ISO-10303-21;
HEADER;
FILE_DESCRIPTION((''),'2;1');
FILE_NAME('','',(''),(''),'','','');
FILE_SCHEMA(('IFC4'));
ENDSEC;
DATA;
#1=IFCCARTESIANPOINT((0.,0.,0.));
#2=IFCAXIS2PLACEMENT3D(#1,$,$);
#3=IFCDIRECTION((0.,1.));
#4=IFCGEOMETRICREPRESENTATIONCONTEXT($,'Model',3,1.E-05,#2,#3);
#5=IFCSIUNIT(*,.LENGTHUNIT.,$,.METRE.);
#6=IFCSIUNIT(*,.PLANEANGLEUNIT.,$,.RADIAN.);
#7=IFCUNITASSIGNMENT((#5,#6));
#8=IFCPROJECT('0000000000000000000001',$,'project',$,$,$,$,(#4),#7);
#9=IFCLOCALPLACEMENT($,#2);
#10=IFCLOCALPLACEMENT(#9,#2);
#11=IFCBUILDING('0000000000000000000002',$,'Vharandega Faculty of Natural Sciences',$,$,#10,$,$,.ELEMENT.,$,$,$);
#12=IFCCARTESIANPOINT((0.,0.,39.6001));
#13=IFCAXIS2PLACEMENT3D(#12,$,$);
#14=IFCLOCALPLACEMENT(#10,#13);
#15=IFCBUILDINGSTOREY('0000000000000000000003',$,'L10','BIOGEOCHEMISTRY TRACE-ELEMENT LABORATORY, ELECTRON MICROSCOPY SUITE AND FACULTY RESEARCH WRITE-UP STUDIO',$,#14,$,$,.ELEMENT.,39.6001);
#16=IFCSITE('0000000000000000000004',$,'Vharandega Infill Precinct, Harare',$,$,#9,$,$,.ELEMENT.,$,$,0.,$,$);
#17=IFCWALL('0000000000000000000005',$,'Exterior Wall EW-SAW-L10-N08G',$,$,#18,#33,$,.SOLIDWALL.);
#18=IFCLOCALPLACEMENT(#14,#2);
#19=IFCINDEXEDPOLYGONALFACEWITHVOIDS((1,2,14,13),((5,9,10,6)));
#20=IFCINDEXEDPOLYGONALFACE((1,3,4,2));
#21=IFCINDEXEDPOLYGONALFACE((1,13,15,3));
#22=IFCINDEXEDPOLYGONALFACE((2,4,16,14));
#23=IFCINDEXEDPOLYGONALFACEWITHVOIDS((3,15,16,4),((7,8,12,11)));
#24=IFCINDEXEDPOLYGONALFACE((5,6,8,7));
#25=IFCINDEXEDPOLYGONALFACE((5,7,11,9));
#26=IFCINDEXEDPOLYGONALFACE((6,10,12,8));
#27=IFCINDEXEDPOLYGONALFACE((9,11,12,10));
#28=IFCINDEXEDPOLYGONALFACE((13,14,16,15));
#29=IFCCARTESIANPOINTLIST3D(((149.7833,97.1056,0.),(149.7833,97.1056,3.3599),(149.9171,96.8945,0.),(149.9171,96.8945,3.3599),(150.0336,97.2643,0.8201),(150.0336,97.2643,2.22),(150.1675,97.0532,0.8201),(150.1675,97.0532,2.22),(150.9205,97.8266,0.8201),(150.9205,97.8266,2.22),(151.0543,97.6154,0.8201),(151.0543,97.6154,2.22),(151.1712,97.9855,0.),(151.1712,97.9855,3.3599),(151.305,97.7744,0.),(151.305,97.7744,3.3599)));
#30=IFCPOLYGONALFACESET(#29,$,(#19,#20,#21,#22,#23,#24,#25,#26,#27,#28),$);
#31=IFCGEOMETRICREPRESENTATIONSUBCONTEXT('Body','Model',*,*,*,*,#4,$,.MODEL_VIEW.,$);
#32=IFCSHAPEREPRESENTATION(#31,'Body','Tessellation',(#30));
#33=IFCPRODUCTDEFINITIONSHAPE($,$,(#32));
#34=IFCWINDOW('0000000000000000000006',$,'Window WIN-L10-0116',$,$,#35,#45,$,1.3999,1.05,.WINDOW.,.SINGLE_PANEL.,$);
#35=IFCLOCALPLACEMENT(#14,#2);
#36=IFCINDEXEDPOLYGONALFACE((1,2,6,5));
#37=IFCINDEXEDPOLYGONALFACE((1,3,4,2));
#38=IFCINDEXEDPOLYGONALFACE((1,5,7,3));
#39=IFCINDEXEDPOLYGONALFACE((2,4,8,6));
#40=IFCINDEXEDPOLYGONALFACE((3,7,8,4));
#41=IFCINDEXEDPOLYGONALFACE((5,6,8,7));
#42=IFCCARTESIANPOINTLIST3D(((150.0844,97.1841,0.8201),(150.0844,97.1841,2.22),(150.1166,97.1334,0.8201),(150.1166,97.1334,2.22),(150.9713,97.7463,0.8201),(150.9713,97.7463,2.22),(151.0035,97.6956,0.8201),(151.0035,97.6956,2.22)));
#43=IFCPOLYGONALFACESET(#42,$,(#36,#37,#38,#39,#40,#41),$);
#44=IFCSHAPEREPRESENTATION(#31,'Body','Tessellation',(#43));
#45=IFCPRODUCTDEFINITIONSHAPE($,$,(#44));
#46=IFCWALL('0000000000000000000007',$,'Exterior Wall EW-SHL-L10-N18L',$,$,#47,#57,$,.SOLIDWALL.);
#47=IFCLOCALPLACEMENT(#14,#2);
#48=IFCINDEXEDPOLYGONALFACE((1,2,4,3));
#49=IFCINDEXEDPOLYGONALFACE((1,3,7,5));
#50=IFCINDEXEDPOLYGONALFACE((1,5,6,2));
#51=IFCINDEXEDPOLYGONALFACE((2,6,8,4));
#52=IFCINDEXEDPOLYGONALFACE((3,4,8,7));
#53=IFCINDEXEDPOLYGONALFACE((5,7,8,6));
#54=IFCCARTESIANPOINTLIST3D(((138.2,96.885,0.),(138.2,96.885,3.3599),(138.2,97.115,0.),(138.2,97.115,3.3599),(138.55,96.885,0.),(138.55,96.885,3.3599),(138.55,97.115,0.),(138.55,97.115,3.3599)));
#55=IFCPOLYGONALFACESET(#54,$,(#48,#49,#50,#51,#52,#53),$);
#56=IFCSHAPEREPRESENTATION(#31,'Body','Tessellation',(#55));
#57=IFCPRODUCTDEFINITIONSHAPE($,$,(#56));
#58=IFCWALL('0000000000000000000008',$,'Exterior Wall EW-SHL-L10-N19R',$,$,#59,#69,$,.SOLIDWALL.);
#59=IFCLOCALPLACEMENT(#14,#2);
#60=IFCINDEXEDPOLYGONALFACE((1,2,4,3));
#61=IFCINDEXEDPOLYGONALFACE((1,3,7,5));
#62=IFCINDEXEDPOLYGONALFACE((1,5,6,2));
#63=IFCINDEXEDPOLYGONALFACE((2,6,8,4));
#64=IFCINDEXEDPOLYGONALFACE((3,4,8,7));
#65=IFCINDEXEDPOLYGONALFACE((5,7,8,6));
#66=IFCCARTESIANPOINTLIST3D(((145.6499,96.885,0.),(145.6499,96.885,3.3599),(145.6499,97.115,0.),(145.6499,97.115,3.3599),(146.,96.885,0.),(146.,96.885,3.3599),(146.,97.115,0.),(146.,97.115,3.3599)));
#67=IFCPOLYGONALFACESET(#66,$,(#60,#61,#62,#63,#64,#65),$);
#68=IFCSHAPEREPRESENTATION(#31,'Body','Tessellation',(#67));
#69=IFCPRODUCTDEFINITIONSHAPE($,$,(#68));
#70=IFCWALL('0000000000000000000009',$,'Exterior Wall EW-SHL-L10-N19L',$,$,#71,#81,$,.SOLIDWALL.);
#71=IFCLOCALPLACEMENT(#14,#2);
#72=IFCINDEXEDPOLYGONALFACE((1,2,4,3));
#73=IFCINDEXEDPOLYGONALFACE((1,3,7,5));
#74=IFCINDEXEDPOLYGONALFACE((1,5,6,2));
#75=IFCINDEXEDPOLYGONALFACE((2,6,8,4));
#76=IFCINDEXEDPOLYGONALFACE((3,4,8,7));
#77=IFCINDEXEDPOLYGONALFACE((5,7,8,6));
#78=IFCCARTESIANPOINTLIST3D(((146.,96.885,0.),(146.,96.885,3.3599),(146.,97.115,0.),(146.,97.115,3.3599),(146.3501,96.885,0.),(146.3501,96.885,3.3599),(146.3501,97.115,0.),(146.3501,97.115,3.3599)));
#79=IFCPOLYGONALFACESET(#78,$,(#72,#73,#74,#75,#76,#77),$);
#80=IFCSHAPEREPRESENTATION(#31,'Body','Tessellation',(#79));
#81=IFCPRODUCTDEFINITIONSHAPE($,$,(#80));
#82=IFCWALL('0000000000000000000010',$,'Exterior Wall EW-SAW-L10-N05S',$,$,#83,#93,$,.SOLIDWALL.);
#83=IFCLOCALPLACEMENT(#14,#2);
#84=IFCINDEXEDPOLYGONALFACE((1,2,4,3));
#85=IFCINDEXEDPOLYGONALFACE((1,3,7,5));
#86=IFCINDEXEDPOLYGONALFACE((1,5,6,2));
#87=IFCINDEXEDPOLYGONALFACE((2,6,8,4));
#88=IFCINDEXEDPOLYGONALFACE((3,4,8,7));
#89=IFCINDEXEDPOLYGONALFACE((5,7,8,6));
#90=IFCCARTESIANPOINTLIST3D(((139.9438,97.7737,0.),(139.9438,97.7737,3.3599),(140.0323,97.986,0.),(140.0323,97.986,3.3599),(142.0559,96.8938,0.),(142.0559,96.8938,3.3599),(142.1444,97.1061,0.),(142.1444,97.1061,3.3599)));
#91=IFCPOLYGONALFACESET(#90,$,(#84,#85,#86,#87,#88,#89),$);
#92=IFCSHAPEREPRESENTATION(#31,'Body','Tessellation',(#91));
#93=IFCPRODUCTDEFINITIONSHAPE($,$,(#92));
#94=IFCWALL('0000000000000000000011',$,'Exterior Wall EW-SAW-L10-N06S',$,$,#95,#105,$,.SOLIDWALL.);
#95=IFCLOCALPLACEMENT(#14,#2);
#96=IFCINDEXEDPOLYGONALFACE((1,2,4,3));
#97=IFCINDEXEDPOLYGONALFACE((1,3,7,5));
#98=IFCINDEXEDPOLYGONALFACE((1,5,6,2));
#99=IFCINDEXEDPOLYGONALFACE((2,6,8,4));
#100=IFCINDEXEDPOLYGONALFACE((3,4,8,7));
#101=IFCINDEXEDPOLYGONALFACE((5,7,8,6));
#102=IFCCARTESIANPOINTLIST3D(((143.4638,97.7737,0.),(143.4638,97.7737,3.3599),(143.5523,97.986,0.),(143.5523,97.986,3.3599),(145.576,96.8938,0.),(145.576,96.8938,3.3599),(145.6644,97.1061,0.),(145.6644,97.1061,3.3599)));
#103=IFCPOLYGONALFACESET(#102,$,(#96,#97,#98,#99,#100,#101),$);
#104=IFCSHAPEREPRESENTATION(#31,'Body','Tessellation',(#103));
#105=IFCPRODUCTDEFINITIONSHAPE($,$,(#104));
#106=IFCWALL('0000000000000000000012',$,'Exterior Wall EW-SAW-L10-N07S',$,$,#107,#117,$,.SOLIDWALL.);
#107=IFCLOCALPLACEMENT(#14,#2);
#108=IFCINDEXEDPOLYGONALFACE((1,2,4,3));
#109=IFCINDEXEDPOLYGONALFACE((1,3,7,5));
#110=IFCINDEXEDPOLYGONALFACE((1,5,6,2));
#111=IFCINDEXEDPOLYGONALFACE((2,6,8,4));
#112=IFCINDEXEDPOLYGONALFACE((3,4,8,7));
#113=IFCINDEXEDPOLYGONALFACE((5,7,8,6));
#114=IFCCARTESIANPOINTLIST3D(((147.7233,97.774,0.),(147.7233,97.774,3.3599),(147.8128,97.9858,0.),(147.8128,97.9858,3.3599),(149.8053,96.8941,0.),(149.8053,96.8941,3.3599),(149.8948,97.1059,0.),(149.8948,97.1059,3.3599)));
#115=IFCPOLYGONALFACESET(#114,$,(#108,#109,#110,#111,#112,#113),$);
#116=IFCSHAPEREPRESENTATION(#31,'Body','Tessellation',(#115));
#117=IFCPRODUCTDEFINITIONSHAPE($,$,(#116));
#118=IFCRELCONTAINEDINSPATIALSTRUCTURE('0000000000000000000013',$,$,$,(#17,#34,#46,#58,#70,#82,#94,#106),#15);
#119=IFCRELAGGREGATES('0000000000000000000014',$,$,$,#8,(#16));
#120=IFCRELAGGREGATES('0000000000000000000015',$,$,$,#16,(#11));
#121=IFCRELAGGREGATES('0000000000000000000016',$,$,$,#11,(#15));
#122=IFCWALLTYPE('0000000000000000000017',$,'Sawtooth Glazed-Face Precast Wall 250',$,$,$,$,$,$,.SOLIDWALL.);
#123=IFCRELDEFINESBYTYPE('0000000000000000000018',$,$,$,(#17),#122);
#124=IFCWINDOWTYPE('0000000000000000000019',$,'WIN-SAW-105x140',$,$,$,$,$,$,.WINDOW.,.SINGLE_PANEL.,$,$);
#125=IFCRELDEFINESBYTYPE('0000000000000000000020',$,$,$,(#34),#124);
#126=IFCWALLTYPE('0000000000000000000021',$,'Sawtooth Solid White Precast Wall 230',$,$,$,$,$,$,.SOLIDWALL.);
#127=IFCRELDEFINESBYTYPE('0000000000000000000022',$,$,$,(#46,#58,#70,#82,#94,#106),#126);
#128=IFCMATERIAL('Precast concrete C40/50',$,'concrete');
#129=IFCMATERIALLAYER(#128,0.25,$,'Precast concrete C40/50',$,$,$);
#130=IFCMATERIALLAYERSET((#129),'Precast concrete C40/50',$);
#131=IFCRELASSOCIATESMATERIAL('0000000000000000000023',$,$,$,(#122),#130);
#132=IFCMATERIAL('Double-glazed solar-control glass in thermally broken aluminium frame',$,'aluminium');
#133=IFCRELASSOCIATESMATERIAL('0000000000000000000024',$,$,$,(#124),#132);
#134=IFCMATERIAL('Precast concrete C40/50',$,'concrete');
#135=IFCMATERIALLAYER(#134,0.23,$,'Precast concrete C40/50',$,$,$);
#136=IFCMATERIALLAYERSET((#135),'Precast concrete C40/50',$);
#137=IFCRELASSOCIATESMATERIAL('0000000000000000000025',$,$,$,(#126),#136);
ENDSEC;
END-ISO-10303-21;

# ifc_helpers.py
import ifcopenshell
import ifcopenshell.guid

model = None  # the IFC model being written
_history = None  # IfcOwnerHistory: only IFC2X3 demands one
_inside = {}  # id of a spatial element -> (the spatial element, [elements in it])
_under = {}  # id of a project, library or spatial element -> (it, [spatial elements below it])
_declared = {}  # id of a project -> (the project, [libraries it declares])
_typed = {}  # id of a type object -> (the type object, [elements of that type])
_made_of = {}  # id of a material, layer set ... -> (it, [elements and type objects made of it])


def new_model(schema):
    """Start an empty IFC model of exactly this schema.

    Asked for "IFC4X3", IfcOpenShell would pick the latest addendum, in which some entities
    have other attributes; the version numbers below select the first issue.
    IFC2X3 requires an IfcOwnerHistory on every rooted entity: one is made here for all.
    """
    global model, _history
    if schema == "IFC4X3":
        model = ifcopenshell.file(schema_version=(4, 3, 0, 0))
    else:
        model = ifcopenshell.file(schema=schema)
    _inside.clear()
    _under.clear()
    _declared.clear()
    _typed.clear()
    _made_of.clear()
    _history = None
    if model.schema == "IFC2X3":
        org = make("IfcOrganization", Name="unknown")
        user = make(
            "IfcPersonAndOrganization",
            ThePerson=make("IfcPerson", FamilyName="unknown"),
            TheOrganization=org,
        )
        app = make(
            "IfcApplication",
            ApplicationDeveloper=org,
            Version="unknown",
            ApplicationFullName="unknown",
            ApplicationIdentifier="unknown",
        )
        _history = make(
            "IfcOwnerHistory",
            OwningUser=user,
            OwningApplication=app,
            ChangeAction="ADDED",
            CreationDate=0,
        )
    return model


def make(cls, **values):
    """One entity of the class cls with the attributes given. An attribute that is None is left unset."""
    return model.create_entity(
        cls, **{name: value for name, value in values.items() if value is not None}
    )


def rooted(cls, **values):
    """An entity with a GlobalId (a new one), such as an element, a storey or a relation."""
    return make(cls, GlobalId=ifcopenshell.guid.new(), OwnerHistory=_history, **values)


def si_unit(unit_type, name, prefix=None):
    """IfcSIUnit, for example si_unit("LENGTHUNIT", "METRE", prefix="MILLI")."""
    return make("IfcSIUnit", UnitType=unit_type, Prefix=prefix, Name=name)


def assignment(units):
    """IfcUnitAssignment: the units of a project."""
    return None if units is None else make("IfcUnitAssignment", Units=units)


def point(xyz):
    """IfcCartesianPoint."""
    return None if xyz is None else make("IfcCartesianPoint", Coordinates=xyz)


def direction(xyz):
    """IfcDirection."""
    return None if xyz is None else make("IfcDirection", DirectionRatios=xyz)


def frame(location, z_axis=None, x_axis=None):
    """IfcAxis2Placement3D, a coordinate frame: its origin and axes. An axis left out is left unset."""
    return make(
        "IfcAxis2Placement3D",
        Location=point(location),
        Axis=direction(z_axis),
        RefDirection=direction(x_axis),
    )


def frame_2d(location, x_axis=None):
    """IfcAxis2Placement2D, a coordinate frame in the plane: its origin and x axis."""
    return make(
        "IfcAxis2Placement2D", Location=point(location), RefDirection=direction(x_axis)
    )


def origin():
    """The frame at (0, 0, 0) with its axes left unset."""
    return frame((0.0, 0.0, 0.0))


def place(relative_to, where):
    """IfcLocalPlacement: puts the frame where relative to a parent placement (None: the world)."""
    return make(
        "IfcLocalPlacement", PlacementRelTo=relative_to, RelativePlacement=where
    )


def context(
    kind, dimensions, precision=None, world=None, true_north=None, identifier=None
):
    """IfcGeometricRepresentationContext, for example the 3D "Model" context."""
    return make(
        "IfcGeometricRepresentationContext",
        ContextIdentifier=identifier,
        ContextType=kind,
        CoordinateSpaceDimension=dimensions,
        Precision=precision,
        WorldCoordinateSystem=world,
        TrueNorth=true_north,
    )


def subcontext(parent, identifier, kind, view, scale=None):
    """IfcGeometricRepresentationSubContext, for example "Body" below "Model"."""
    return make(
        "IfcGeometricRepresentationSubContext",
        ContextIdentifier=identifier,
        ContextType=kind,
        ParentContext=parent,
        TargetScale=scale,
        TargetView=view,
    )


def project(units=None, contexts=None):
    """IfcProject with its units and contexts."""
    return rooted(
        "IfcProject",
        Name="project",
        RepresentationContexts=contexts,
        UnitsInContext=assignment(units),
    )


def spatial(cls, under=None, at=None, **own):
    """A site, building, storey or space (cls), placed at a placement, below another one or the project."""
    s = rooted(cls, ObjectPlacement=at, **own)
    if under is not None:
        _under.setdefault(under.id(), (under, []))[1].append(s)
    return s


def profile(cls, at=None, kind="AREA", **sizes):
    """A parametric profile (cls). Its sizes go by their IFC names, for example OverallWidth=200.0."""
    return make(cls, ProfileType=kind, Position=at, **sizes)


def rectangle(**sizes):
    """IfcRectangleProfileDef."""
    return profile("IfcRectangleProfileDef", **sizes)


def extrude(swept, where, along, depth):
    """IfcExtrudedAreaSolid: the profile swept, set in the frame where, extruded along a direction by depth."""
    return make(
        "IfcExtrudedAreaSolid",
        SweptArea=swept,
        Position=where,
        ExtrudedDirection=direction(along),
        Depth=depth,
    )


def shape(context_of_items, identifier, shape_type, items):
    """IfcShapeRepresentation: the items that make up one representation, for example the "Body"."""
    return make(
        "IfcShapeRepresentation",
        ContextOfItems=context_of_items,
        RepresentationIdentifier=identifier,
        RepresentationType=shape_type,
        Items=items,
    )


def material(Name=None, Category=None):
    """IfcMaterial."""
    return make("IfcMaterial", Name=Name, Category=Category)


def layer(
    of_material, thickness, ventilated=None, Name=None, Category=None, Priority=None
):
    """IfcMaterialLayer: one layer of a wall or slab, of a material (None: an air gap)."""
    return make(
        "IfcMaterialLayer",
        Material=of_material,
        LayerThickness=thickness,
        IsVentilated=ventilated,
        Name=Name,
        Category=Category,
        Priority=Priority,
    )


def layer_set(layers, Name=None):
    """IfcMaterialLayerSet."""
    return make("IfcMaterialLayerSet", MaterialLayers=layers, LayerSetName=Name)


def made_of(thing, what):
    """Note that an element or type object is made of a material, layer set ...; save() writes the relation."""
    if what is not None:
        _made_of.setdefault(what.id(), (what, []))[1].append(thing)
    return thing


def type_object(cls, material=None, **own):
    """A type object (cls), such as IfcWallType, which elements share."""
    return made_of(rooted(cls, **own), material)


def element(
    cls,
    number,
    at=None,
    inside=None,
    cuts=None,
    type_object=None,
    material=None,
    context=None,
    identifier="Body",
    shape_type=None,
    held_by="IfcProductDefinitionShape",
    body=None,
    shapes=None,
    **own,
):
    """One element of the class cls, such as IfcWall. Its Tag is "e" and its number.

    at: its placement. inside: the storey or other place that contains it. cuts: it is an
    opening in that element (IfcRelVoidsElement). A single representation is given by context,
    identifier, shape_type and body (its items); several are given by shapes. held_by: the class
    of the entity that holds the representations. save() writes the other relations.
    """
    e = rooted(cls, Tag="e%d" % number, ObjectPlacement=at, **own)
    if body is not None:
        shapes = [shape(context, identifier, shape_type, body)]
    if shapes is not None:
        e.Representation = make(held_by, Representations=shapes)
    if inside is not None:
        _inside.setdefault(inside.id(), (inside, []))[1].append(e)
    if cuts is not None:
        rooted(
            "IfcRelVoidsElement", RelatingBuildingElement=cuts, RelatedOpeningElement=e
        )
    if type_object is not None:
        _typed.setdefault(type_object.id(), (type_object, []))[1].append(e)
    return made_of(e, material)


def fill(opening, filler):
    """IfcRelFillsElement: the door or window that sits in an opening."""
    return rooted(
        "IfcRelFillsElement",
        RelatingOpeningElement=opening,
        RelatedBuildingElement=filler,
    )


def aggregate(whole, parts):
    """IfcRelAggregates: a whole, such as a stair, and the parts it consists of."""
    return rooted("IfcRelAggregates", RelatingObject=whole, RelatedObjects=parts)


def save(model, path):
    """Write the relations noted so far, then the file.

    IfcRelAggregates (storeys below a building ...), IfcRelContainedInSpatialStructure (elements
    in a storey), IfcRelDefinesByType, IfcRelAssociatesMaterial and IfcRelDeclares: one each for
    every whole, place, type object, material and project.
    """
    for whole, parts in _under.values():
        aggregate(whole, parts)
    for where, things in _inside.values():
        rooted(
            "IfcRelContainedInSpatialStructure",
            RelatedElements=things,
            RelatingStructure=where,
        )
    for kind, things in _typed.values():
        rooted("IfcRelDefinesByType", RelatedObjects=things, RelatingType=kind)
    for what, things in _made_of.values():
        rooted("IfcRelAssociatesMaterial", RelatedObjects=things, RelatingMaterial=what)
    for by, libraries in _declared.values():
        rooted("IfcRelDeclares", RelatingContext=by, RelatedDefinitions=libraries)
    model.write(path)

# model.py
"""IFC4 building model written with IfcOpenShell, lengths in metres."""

from ifc_helpers import new_model, si_unit, direction, frame, frame_2d, origin, place, context, subcontext, project, spatial, rectangle, extrude, material, layer, layer_set, type_object, element, fill, save


model = new_model("IFC4")

# Units and contexts
model_context = context("Model", 3, precision=1e-05, world=origin(), true_north=direction((0.0, 1.0)))
body_context = subcontext(model_context, "Body", "Model", "MODEL_VIEW")
ifc_project = project(units=[si_unit("LENGTHUNIT", "METRE"), si_unit("PLANEANGLEUNIT", "RADIAN")], contexts=[model_context])

# Site, building, storey
site_placement = place(None, origin())
site = spatial("IfcSite", under=ifc_project, at=site_placement, Name="Vharandega Infill Precinct, Harare", CompositionType="ELEMENT", RefElevation=0.0)
building_placement = place(site_placement, origin())
building = spatial("IfcBuilding", under=site, at=building_placement, Name="Vharandega Faculty of Natural Sciences", CompositionType="ELEMENT")
storey_placement = place(building_placement, frame((0.0, 0.0, 39.6001)))
storey = spatial("IfcBuildingStorey", under=building, at=storey_placement, Name="L10", Description="BIOGEOCHEMISTRY TRACE-ELEMENT LABORATORY, ELECTRON MICROSCOPY SUITE AND FACULTY RESEARCH WRITE-UP STUDIO", CompositionType="ELEMENT", Elevation=39.6001)

# Wall, opening, window
ifc_material_1 = material(Name="Precast concrete C40/50", Category="concrete")
ifc_layer_1 = layer(ifc_material_1, 0.25, Name="Precast concrete C40/50")
ifc_layer_set_1 = layer_set([ifc_layer_1], Name="Precast concrete C40/50")
wall_type_1 = type_object("IfcWallType", Name="Sawtooth Glazed-Face Precast Wall 250", PredefinedType="SOLIDWALL", material=ifc_layer_set_1)
wall_1_placement = place(storey_placement, frame((149.8501, 97.0, 0.0), z_axis=(0.0, 0.0, 1.0), x_axis=(0.844584, 0.535423, 0.0)))
wall_1 = element("IfcWall", 1, at=wall_1_placement, inside=storey, type_object=wall_type_1, Name="Exterior Wall EW-SAW-L10-N08G", PredefinedType="SOLIDWALL", context=body_context, shape_type="SweptSolid", body=[
    extrude(rectangle(XDim=1.6433, YDim=0.25, at=frame_2d((0.8218, 0.0))), origin(), (0.0, 0.0, 1.0), 3.3599),
])
opening_1_placement = place(wall_1_placement, frame((0.2966, 0.0, 0.8201)))
opening_1 = element("IfcOpeningElement", 2, at=opening_1_placement, cuts=wall_1, PredefinedType="OPENING", context=body_context, shape_type="SweptSolid", body=[
    extrude(rectangle(XDim=1.05, YDim=1.3999, at=frame_2d((0.5249, 0.7))), frame((0.0, 0.135, 0.0), z_axis=(0.0, -1.0, 0.0), x_axis=(1.0, 0.0, 0.0)), (0.0, 0.0, 1.0), 0.27),
])
ifc_material_2 = material(Name="Double-glazed solar-control glass in thermally broken aluminium frame", Category="aluminium")
window_type_1 = type_object("IfcWindowType", Name="WIN-SAW-105x140", PartitioningType="SINGLE_PANEL", PredefinedType="WINDOW", material=ifc_material_2)
window_1_placement = place(opening_1_placement, origin())
window_1 = element("IfcWindow", 3, at=window_1_placement, inside=storey, type_object=window_type_1, Name="Window WIN-L10-0116", OverallHeight=1.3999, OverallWidth=1.05, PartitioningType="SINGLE_PANEL", PredefinedType="WINDOW", context=body_context, shape_type="SweptSolid", body=[
    extrude(rectangle(XDim=1.05, YDim=1.3999, at=frame_2d((0.5249, 0.7))), frame((0.0, 0.03, 0.0), z_axis=(0.0, -1.0, 0.0), x_axis=(1.0, 0.0, 0.0)), (0.0, 0.0, 1.0), 0.0601),
])
fill(opening_1, window_1)

# Walls
ifc_material_3 = material(Name="Precast concrete C40/50", Category="concrete")
ifc_layer_2 = layer(ifc_material_3, 0.23, Name="Precast concrete C40/50")
ifc_layer_set_2 = layer_set([ifc_layer_2], Name="Precast concrete C40/50")
wall_type_2 = type_object("IfcWallType", Name="Sawtooth Solid White Precast Wall 230", PredefinedType="SOLIDWALL", material=ifc_layer_set_2)
for number, where, z_axis, x_axis, name in (
    (4, (138.2, 97.0, 0.0), (0.0, 0.0, 1.0), (1.0, 0.0, 0.0), "Exterior Wall EW-SHL-L10-N18L"),
    (5, (145.6499, 97.0, 0.0), (0.0, 0.0, 1.0), (1.0, 0.0, 0.0), "Exterior Wall EW-SHL-L10-N19R"),
    (6, (146.0, 97.0, 0.0), (0.0, 0.0, 1.0), (1.0, 0.0, 0.0), "Exterior Wall EW-SHL-L10-N19L"),
):
    element("IfcWall", number, at=place(storey_placement, frame(where, z_axis=z_axis, x_axis=x_axis)), inside=storey, type_object=wall_type_2, Name=name, PredefinedType="SOLIDWALL", context=body_context, shape_type="SweptSolid", body=[
        extrude(rectangle(XDim=0.3501, YDim=0.23, at=frame_2d((0.175, 0.0))), origin(), (0.0, 0.0, 1.0), 3.3599),
    ])
for number, where, z_axis, x_axis, name in (
    (7, (139.988, 97.8799, 0.0), (0.0, 0.0, 1.0), (0.923099, -0.384562, 0.0), "Exterior Wall EW-SAW-L10-N05S"),
    (8, (143.5081, 97.8799, 0.0), (0.0, 0.0, 1.0), (0.923099, -0.384562, 0.0), "Exterior Wall EW-SAW-L10-N06S"),
):
    element("IfcWall", number, at=place(storey_placement, frame(where, z_axis=z_axis, x_axis=x_axis)), inside=storey, type_object=wall_type_2, Name=name, PredefinedType="SOLIDWALL", context=body_context, shape_type="SweptSolid", body=[
        extrude(rectangle(XDim=2.2881, YDim=0.23, at=frame_2d((1.144, 0.0))), origin(), (0.0, 0.0, 1.0), 3.3599),
    ])
wall_2_placement = place(storey_placement, frame((147.7681, 97.8799, 0.0), z_axis=(0.0, 0.0, 1.0), x_axis=(0.921122, -0.389274, 0.0)))
element("IfcWall", 9, at=wall_2_placement, inside=storey, type_object=wall_type_2, Name="Exterior Wall EW-SAW-L10-N07S", PredefinedType="SOLIDWALL", context=body_context, shape_type="SweptSolid", body=[
    extrude(rectangle(XDim=2.2603, YDim=0.23, at=frame_2d((1.1301, 0.0))), origin(), (0.0, 0.0, 1.0), 3.3599),
])

save(model, "model.ifc")
